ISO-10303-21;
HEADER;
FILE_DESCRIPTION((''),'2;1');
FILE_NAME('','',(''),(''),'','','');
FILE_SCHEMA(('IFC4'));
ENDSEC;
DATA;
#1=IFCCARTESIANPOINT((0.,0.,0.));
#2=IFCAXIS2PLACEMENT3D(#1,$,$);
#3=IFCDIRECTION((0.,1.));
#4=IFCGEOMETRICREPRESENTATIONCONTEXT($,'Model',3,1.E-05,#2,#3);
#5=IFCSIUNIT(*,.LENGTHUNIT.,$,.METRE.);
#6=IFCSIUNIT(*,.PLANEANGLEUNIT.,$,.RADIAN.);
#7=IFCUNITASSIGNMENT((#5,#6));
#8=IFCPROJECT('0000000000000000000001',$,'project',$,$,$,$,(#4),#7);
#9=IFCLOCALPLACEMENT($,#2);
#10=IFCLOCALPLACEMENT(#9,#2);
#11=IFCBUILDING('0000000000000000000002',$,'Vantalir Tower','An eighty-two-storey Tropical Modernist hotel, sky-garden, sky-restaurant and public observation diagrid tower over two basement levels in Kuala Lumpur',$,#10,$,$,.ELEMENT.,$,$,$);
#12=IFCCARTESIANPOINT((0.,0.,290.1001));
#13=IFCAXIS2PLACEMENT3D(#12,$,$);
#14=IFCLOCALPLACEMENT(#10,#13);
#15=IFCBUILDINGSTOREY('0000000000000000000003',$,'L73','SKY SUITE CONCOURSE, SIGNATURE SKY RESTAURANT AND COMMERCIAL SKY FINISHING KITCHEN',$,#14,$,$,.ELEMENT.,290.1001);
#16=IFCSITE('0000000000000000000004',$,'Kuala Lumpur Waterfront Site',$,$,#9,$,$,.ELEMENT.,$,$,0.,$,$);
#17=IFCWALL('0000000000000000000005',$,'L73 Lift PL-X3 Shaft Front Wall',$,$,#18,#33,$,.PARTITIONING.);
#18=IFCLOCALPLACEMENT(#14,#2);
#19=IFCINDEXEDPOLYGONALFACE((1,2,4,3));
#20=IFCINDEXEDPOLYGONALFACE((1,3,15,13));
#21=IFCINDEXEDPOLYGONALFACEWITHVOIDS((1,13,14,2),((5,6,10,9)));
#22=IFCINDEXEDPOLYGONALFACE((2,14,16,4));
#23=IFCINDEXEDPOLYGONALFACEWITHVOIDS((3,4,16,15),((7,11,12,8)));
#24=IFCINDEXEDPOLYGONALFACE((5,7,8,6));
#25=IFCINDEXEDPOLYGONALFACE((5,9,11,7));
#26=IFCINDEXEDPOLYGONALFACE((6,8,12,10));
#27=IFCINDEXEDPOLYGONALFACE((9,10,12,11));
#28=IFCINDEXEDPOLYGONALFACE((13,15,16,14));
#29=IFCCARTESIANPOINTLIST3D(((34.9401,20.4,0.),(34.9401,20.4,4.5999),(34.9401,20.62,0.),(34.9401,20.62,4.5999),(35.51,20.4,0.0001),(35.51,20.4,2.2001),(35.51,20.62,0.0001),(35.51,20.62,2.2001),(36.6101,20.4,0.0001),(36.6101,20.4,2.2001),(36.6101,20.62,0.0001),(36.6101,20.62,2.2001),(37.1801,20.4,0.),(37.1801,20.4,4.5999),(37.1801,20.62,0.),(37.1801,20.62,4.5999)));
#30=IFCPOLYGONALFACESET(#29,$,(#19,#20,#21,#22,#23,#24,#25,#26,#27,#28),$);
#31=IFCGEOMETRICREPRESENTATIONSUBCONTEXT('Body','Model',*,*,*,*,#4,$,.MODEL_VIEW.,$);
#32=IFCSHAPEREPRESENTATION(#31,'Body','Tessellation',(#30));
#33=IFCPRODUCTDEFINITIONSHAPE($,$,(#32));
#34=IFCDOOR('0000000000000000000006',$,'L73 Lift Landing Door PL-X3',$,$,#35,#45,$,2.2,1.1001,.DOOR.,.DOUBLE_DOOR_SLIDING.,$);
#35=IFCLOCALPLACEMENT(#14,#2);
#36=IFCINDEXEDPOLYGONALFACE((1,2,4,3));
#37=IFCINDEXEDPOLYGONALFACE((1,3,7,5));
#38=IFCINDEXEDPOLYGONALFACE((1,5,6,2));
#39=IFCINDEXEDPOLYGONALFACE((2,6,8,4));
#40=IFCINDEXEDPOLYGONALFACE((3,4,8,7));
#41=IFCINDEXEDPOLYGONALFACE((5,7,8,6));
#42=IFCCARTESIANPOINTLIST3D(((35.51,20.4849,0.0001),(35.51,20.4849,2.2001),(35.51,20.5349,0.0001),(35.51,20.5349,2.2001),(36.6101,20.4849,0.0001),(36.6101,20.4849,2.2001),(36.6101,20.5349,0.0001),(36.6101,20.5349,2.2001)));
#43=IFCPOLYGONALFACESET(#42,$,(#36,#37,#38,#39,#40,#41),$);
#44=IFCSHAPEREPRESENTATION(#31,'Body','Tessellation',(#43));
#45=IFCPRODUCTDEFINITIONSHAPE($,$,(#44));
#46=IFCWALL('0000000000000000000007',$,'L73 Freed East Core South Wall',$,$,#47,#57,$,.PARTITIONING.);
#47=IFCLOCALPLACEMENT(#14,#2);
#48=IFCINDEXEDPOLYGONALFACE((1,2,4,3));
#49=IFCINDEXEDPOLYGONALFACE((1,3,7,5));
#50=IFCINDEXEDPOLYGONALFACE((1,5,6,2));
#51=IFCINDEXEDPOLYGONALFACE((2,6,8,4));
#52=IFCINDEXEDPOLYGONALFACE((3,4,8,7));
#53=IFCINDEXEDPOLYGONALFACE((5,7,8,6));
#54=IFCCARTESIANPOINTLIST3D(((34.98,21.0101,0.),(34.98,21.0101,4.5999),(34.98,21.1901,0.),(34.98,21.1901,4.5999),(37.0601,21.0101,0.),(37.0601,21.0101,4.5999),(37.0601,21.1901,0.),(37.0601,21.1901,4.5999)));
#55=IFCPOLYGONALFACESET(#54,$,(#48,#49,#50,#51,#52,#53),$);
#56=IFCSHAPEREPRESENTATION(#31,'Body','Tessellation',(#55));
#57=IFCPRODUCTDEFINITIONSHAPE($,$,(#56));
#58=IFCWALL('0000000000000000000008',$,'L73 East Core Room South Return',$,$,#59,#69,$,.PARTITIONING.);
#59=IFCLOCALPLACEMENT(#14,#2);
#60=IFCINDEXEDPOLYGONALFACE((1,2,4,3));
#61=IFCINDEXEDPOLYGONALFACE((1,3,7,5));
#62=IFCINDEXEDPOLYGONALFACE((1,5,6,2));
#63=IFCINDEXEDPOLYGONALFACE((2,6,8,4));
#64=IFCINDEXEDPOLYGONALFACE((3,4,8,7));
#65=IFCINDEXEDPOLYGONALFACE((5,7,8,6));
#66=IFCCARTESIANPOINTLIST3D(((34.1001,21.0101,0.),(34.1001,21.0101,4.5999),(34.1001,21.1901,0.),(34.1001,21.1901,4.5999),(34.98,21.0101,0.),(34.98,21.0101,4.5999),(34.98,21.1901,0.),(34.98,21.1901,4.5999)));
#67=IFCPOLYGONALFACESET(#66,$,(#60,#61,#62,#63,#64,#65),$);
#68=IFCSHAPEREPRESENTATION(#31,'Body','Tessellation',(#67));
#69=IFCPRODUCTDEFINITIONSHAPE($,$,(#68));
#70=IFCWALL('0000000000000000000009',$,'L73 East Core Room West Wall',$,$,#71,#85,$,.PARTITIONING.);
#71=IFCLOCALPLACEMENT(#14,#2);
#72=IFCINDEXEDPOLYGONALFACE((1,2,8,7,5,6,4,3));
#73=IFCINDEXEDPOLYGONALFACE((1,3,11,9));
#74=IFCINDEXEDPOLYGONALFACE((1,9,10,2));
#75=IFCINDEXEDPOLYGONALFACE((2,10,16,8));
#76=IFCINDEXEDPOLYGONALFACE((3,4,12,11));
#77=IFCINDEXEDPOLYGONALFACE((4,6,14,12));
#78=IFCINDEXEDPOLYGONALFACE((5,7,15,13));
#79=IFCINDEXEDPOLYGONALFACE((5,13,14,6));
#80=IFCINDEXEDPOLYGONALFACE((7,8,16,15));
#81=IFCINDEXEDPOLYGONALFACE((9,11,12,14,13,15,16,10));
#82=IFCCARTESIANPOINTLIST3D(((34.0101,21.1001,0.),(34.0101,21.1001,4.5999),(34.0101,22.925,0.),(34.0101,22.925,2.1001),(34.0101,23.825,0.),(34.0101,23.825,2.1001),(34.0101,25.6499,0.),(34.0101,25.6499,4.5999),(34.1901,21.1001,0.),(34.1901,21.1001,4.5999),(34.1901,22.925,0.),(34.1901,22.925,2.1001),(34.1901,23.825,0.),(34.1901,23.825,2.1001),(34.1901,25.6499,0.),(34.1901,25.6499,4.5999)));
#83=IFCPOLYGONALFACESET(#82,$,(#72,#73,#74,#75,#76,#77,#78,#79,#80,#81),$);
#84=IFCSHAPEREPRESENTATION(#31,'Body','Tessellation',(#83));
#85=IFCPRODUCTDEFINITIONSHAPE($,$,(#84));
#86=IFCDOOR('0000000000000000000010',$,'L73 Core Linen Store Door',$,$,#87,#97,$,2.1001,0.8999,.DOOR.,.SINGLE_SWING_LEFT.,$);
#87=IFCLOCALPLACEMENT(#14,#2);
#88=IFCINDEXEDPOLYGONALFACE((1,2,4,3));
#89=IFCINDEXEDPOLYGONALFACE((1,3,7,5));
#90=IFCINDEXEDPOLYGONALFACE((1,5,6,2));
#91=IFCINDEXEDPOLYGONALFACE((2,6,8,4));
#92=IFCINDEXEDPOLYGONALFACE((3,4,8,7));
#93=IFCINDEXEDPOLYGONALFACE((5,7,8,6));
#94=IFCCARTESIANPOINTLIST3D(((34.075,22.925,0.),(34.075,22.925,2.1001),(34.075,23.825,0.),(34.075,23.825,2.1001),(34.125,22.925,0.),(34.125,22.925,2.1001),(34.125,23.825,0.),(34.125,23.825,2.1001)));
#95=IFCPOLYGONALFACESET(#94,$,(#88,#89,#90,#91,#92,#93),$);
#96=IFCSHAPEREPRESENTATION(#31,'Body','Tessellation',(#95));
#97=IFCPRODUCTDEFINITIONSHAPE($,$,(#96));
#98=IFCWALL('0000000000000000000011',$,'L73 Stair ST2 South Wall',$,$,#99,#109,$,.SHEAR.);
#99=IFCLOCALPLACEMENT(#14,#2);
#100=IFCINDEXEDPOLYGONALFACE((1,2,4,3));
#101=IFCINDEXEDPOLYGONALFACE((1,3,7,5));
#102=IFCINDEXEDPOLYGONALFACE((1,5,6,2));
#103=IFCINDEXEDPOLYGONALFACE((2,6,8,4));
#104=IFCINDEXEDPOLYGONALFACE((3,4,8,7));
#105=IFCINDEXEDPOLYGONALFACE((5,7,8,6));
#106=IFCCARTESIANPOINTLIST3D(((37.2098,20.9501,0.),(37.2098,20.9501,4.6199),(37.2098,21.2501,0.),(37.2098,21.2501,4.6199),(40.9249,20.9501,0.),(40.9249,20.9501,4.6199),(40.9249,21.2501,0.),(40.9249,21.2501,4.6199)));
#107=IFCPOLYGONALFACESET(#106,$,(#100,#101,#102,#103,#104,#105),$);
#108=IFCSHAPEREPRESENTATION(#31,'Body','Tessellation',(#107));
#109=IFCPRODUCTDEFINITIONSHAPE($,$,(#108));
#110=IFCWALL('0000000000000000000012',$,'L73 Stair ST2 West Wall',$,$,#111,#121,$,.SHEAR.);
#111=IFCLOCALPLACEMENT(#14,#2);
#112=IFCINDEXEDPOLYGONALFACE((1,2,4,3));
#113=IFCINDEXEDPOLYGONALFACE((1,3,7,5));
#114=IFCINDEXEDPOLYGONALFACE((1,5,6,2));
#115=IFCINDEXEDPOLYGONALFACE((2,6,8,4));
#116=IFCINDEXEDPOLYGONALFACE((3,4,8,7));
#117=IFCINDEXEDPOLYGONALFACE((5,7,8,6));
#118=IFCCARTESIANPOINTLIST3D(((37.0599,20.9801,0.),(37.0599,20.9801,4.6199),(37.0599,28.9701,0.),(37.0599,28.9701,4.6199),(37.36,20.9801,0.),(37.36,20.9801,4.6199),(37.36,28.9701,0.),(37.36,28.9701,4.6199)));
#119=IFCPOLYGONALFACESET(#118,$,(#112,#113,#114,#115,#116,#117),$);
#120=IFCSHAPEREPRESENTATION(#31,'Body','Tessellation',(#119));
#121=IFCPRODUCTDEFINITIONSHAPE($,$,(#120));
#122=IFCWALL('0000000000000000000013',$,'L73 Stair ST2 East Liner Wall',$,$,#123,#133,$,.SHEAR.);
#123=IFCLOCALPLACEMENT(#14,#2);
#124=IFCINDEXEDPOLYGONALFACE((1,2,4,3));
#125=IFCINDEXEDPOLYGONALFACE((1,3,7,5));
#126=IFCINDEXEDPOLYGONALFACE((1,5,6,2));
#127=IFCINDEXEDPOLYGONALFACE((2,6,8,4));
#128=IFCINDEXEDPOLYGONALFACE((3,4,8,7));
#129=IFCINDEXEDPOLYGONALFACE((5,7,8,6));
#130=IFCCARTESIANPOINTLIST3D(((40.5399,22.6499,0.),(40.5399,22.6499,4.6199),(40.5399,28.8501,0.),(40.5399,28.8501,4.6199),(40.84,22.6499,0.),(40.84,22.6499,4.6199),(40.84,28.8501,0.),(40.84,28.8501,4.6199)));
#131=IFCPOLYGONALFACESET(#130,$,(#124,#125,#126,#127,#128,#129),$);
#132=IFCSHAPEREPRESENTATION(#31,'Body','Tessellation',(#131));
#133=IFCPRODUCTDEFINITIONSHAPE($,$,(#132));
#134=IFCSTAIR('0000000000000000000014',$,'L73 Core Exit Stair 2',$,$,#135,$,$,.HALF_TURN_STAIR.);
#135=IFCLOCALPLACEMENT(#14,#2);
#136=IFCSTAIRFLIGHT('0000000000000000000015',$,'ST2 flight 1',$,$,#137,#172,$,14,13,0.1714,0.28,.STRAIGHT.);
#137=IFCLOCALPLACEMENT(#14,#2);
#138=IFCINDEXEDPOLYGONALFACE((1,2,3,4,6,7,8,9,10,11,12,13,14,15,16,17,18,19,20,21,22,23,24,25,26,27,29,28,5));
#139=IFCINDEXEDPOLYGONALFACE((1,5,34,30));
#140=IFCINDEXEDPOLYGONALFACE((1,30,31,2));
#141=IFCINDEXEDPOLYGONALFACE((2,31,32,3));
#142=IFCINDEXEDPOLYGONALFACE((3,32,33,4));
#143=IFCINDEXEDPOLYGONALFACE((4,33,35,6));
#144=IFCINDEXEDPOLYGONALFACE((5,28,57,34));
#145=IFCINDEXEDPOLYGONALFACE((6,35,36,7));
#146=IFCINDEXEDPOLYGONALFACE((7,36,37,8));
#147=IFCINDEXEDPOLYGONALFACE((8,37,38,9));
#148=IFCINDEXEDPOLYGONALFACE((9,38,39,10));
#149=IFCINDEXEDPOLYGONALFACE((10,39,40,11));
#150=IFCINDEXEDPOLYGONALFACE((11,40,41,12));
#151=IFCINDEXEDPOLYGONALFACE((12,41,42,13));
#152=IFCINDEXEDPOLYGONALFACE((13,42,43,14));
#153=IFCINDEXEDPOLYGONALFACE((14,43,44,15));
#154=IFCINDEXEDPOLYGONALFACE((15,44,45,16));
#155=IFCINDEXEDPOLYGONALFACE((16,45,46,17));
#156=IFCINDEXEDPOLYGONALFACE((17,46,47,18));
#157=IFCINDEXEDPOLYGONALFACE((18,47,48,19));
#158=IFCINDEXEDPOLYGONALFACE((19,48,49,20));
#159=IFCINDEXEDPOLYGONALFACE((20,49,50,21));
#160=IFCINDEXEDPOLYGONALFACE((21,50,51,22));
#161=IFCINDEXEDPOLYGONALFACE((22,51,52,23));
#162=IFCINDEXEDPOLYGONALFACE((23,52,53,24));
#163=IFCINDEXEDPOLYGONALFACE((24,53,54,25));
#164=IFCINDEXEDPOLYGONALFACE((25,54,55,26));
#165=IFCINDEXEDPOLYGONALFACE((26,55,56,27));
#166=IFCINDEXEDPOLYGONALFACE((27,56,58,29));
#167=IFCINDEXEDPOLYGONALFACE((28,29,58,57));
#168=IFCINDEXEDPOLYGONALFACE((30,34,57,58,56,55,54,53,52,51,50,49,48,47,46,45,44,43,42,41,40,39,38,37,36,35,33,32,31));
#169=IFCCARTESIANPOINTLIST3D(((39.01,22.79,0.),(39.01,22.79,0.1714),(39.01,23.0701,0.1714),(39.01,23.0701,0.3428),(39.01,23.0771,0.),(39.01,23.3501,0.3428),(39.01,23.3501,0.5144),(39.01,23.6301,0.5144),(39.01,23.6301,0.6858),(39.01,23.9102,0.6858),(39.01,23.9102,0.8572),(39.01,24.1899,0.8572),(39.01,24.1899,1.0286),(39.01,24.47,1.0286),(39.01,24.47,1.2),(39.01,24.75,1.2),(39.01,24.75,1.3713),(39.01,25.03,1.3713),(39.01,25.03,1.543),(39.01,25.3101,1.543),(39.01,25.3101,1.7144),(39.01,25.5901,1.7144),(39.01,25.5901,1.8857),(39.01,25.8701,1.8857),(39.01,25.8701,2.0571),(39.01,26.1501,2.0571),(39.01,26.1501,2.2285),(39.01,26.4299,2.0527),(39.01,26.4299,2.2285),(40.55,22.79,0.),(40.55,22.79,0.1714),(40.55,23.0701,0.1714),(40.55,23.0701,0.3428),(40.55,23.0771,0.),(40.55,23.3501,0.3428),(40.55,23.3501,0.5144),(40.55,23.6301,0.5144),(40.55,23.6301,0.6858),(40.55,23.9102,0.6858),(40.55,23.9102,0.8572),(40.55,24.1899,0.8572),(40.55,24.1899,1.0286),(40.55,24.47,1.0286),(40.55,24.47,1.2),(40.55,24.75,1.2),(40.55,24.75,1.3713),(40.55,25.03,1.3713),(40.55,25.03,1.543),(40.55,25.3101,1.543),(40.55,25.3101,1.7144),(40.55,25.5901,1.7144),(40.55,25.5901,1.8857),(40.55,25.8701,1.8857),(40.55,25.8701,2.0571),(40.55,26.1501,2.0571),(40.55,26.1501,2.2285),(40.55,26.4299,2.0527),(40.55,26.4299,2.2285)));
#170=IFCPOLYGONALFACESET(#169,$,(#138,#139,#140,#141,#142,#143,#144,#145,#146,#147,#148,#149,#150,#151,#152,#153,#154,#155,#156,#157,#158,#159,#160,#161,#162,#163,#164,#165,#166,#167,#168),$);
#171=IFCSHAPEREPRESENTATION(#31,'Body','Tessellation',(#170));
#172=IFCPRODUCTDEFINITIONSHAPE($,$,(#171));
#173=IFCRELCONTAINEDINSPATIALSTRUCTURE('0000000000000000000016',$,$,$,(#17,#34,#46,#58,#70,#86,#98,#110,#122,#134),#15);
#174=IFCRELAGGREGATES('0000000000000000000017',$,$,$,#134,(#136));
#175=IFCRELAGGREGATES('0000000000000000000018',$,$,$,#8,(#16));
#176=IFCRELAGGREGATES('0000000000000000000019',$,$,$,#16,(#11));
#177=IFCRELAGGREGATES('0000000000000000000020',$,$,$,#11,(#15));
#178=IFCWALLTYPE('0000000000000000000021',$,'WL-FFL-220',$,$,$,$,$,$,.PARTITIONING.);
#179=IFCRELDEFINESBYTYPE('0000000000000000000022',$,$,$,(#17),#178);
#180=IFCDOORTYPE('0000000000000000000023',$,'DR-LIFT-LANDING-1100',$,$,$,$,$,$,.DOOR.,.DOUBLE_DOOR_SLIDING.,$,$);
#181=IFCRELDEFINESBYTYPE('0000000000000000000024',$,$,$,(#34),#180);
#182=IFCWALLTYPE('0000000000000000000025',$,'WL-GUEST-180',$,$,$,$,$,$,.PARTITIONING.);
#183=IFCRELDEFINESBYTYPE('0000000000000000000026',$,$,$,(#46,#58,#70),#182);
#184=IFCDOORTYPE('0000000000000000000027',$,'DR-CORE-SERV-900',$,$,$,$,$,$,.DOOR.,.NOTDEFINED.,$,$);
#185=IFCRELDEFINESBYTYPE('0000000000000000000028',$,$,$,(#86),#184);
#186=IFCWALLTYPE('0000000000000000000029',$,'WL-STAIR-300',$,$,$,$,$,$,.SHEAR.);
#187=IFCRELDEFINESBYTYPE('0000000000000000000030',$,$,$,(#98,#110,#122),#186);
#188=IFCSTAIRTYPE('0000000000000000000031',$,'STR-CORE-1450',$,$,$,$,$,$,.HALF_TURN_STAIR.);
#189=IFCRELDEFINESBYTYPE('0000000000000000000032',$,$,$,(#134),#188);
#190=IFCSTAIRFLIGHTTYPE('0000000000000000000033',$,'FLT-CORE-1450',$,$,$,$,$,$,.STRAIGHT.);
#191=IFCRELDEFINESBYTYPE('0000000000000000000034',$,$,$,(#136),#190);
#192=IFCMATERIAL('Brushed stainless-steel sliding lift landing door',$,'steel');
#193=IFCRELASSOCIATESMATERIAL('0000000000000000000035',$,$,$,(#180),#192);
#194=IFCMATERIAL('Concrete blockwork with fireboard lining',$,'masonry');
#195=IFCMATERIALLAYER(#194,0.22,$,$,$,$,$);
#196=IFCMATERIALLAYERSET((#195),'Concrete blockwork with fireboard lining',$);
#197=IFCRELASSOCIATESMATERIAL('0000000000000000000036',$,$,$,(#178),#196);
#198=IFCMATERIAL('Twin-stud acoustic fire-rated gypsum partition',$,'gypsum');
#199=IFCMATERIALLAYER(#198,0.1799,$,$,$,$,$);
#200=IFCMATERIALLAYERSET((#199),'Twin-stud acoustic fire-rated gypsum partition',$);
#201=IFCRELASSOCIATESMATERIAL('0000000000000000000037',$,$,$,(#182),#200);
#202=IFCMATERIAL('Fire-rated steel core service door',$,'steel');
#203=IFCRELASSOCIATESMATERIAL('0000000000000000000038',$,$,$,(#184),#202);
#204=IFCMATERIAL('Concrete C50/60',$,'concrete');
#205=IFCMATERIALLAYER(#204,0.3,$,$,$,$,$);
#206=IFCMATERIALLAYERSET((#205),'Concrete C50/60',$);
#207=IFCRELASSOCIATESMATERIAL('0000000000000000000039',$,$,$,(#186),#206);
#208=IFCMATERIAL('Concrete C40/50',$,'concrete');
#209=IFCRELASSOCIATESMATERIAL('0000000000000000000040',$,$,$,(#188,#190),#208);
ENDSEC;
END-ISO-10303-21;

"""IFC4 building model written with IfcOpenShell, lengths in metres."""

from ifc_helpers import new_model, si_unit, direction, frame, frame_2d, origin, place, context, subcontext, project, spatial, polyline, rectangle, outline, extrude, material, layer, layer_set, type_object, element, fill, aggregate, save


model = new_model("IFC4")

# Units and contexts
model_context = context("Model", 3, precision=1e-05, world=origin(), true_north=direction((0.0, 1.0)))
body_context = subcontext(model_context, "Body", "Model", "MODEL_VIEW")
ifc_project = project(units=[si_unit("LENGTHUNIT", "METRE"), si_unit("PLANEANGLEUNIT", "RADIAN")], contexts=[model_context])

# Site, building, storey
site_placement = place(None, origin())
site = spatial("IfcSite", under=ifc_project, at=site_placement, Name="Kuala Lumpur Waterfront Site", CompositionType="ELEMENT", RefElevation=0.0)
building_placement = place(site_placement, origin())
building = spatial("IfcBuilding", under=site, at=building_placement, Name="Vantalir Tower", Description="An eighty-two-storey Tropical Modernist hotel, sky-garden, sky-restaurant and public observation diagrid tower over two basement levels in Kuala Lumpur", CompositionType="ELEMENT")
storey_placement = place(building_placement, frame((0.0, 0.0, 290.1001)))
storey = spatial("IfcBuildingStorey", under=building, at=storey_placement, Name="L73", Description="SKY SUITE CONCOURSE, SIGNATURE SKY RESTAURANT AND COMMERCIAL SKY FINISHING KITCHEN", CompositionType="ELEMENT", Elevation=290.1001)

# Shared definitions
ifc_material_1 = material(Name="Concrete C50/60", Category="concrete")

# Shared definitions
ifc_material_2 = material(Name="Brushed stainless-steel sliding lift landing door", Category="steel")
door_type_1 = type_object("IfcDoorType", Name="DR-LIFT-LANDING-1100", OperationType="DOUBLE_DOOR_SLIDING", PredefinedType="DOOR", material=ifc_material_2)

# Shared definitions
ifc_material_3 = material(Name="Concrete blockwork with fireboard lining", Category="masonry")
ifc_layer_1 = layer(ifc_material_3, 0.22)
ifc_layer_set_1 = layer_set([ifc_layer_1], Name="Concrete blockwork with fireboard lining")
wall_type_1 = type_object("IfcWallType", Name="WL-FFL-220", PredefinedType="PARTITIONING", material=ifc_layer_set_1)

# Wall, opening, door
wall_1_placement = place(storey_placement, frame((34.9399, 20.51, 0.0), z_axis=(0.0, 0.0, 1.0), x_axis=(1.0, 0.0, 0.0)))
wall_1 = element("IfcWall", 1, at=wall_1_placement, inside=storey, type_object=wall_type_1, Name="L73 Lift PL-X3 Shaft Front Wall", PredefinedType="PARTITIONING", context=body_context, shape_type="SweptSolid", body=[
    extrude(rectangle(XDim=2.24, YDim=0.22, at=frame_2d((1.1201, 0.0))), origin(), (0.0, 0.0, 1.0), 4.5999),
])
opening_1_placement = place(wall_1_placement, frame((0.5701, 0.0, 0.0)))
opening_1 = element("IfcOpeningElement", 2, at=opening_1_placement, cuts=wall_1, PredefinedType="OPENING", context=body_context, shape_type="SweptSolid", body=[
    extrude(rectangle(XDim=1.1001, YDim=2.2, at=frame_2d((0.55, 1.1001))), frame((0.0, 0.1199, 0.0), z_axis=(0.0, -1.0, 0.0), x_axis=(1.0, 0.0, 0.0)), (0.0, 0.0, 1.0), 0.24),
])
door_1_placement = place(opening_1_placement, origin())
door_1 = element("IfcDoor", 3, at=door_1_placement, inside=storey, type_object=door_type_1, Name="L73 Lift Landing Door PL-X3", OperationType="DOUBLE_DOOR_SLIDING", OverallHeight=2.2, OverallWidth=1.1001, PredefinedType="DOOR", context=body_context, shape_type="SweptSolid", body=[
    extrude(rectangle(XDim=1.1001, YDim=2.2, at=frame_2d((0.55, 1.1001))), frame((0.0, 0.0249, 0.0), z_axis=(0.0, -1.0, 0.0), x_axis=(1.0, 0.0, 0.0)), (0.0, 0.0, 1.0), 0.05),
])
fill(opening_1, door_1)

# Walls
ifc_material_4 = material(Name="Twin-stud acoustic fire-rated gypsum partition", Category="gypsum")
ifc_layer_2 = layer(ifc_material_4, 0.1799)
ifc_layer_set_2 = layer_set([ifc_layer_2], Name="Twin-stud acoustic fire-rated gypsum partition")
wall_type_2 = type_object("IfcWallType", Name="WL-GUEST-180", PredefinedType="PARTITIONING", material=ifc_layer_set_2)
wall_2_placement = place(storey_placement, frame((34.98, 21.1001, 0.0), z_axis=(0.0, 0.0, 1.0), x_axis=(1.0, 0.0, 0.0)))
element("IfcWall", 4, at=wall_2_placement, inside=storey, type_object=wall_type_2, Name="L73 Freed East Core South Wall", PredefinedType="PARTITIONING", context=body_context, shape_type="SweptSolid", body=[
    extrude(rectangle(XDim=2.0801, YDim=0.1799, at=frame_2d((1.04, 0.0))), origin(), (0.0, 0.0, 1.0), 4.5999),
])
wall_3_placement = place(storey_placement, frame((34.1001, 21.1001, 0.0), z_axis=(0.0, 0.0, 1.0), x_axis=(1.0, 0.0, 0.0)))
element("IfcWall", 5, at=wall_3_placement, inside=storey, type_object=wall_type_2, Name="L73 East Core Room South Return", PredefinedType="PARTITIONING", context=body_context, shape_type="SweptSolid", body=[
    extrude(rectangle(XDim=0.8799, YDim=0.1799, at=frame_2d((0.4399, 0.0))), origin(), (0.0, 0.0, 1.0), 4.5999),
])

# Wall, opening, door
wall_4_placement = place(storey_placement, frame((34.1001, 21.1001, 0.0), z_axis=(0.0, 0.0, 1.0), x_axis=(0.0, 1.0, 0.0)))
wall_4 = element("IfcWall", 6, at=wall_4_placement, inside=storey, type_object=wall_type_2, Name="L73 East Core Room West Wall", PredefinedType="PARTITIONING", context=body_context, shape_type="SweptSolid", body=[
    extrude(rectangle(XDim=4.5498, YDim=0.1799, at=frame_2d((2.2749, 0.0))), origin(), (0.0, 0.0, 1.0), 4.5999),
])
opening_2_placement = place(wall_4_placement, frame((1.825, 0.0, 0.0)))
opening_2 = element("IfcOpeningElement", 7, at=opening_2_placement, cuts=wall_4, PredefinedType="OPENING", context=body_context, shape_type="SweptSolid", body=[
    extrude(rectangle(XDim=0.8999, YDim=2.1001, at=frame_2d((0.45, 1.05))), frame((0.0, 0.0999, 0.0), z_axis=(0.0, -1.0, 0.0), x_axis=(1.0, 0.0, 0.0)), (0.0, 0.0, 1.0), 0.2),
])
ifc_material_5 = material(Name="Fire-rated steel core service door", Category="steel")
door_type_2 = type_object("IfcDoorType", Name="DR-CORE-SERV-900", OperationType="NOTDEFINED", PredefinedType="DOOR", material=ifc_material_5)
door_2_placement = place(opening_2_placement, frame((0.8999, 0.0, 0.0), z_axis=(0.0, 0.0, 1.0), x_axis=(-1.0, 0.0, 0.0)))
door_2 = element("IfcDoor", 8, at=door_2_placement, inside=storey, type_object=door_type_2, Name="L73 Core Linen Store Door", OperationType="SINGLE_SWING_LEFT", OverallHeight=2.1001, OverallWidth=0.8999, PredefinedType="DOOR", context=body_context, shape_type="SweptSolid", body=[
    extrude(rectangle(XDim=0.8999, YDim=2.1001, at=frame_2d((0.45, 1.05))), frame((0.0, 0.0249, 0.0), z_axis=(0.0, -1.0, 0.0), x_axis=(1.0, 0.0, 0.0)), (0.0, 0.0, 1.0), 0.05),
])
fill(opening_2, door_2)

# Walls
ifc_layer_3 = layer(ifc_material_1, 0.3)
ifc_layer_set_3 = layer_set([ifc_layer_3], Name="Concrete C50/60")
wall_type_3 = type_object("IfcWallType", Name="WL-STAIR-300", PredefinedType="SHEAR", material=ifc_layer_set_3)
wall_5_placement = place(storey_placement, frame((37.21, 21.1001, 0.0), z_axis=(0.0, 0.0, 1.0), x_axis=(1.0, 0.0, 0.0)))
element("IfcWall", 9, at=wall_5_placement, inside=storey, type_object=wall_type_3, Name="L73 Stair ST2 South Wall", PredefinedType="SHEAR", context=body_context, shape_type="SweptSolid", body=[
    extrude(rectangle(XDim=3.7151, YDim=0.3, at=frame_2d((1.8574, 0.0))), origin(), (0.0, 0.0, 1.0), 4.6199),
])
wall_6_placement = place(storey_placement, frame((37.21, 20.98, 0.0), z_axis=(0.0, 0.0, 1.0), x_axis=(0.0, 1.0, 0.0)))
element("IfcWall", 10, at=wall_6_placement, inside=storey, type_object=wall_type_3, Name="L73 Stair ST2 West Wall", PredefinedType="SHEAR", context=body_context, shape_type="SweptSolid", body=[
    extrude(rectangle(XDim=7.99, YDim=0.3, at=frame_2d((3.9951, 0.0))), origin(), (0.0, 0.0, 1.0), 4.6199),
])
wall_7_placement = place(storey_placement, frame((40.6899, 22.6499, 0.0), z_axis=(0.0, 0.0, 1.0), x_axis=(0.0, 1.0, 0.0)))
element("IfcWall", 11, at=wall_7_placement, inside=storey, type_object=wall_type_3, Name="L73 Stair ST2 East Liner Wall", PredefinedType="SHEAR", context=body_context, shape_type="SweptSolid", body=[
    extrude(rectangle(XDim=6.2002, YDim=0.3, at=frame_2d((3.1001, 0.0))), origin(), (0.0, 0.0, 1.0), 4.6199),
])

# Stair, stair flight
ifc_material_6 = material(Name="Concrete C40/50", Category="concrete")
stair_type = type_object("IfcStairType", Name="STR-CORE-1450", PredefinedType="HALF_TURN_STAIR", material=ifc_material_6)
stair_placement = place(storey_placement, origin())
stair = element("IfcStair", 12, at=stair_placement, inside=storey, type_object=stair_type, Name="L73 Core Exit Stair 2", PredefinedType="HALF_TURN_STAIR")
stair_flight_type = type_object("IfcStairFlightType", Name="FLT-CORE-1450", PredefinedType="STRAIGHT", material=ifc_material_6)
stair_flight_placement = place(storey_placement, frame((39.78, 22.79, 0.0), z_axis=(0.0, 0.0, 1.0), x_axis=(0.0, 1.0, 0.0)))
stair_flight = element("IfcStairFlight", 13, at=stair_flight_placement, type_object=stair_flight_type, Name="ST2 flight 1", NumberOfRisers=14, NumberOfTreads=13, PredefinedType="STRAIGHT", RiserHeight=0.1714, TreadLength=0.28, context=body_context, shape_type="SweptSolid", body=[
    extrude(outline(polyline([(0.0, 0.0), (0.0, 0.1714), (0.28, 0.1714), (0.28, 0.3428), (0.5601, 0.3428), (0.5601, 0.5144), (0.8401, 0.5144), (0.8401, 0.6858), (1.1201, 0.6858), (1.1201, 0.8572), (1.3999, 0.8572), (1.3999, 1.0286), (1.6799, 1.0286), (1.6799, 1.2), (1.96, 1.2), (1.96, 1.3713), (2.24, 1.3713), (2.24, 1.543), (2.52, 1.543), (2.52, 1.7144), (2.8, 1.7144), (2.8, 1.8857), (3.0801, 1.8857), (3.0801, 2.0571), (3.3601, 2.0571), (3.3601, 2.2285), (3.6399, 2.2285), (3.6399, 2.3999), (3.6399, 2.0527), (0.2871, 0.0), (0.0, 0.0)])), frame((0.0, 0.77, 0.0), z_axis=(0.0, -1.0, 0.0), x_axis=(1.0, 0.0, 0.0)), (0.0, 0.0, 1.0), 1.54),
])
aggregate(stair, [stair_flight])

save(model, "model.ifc")
